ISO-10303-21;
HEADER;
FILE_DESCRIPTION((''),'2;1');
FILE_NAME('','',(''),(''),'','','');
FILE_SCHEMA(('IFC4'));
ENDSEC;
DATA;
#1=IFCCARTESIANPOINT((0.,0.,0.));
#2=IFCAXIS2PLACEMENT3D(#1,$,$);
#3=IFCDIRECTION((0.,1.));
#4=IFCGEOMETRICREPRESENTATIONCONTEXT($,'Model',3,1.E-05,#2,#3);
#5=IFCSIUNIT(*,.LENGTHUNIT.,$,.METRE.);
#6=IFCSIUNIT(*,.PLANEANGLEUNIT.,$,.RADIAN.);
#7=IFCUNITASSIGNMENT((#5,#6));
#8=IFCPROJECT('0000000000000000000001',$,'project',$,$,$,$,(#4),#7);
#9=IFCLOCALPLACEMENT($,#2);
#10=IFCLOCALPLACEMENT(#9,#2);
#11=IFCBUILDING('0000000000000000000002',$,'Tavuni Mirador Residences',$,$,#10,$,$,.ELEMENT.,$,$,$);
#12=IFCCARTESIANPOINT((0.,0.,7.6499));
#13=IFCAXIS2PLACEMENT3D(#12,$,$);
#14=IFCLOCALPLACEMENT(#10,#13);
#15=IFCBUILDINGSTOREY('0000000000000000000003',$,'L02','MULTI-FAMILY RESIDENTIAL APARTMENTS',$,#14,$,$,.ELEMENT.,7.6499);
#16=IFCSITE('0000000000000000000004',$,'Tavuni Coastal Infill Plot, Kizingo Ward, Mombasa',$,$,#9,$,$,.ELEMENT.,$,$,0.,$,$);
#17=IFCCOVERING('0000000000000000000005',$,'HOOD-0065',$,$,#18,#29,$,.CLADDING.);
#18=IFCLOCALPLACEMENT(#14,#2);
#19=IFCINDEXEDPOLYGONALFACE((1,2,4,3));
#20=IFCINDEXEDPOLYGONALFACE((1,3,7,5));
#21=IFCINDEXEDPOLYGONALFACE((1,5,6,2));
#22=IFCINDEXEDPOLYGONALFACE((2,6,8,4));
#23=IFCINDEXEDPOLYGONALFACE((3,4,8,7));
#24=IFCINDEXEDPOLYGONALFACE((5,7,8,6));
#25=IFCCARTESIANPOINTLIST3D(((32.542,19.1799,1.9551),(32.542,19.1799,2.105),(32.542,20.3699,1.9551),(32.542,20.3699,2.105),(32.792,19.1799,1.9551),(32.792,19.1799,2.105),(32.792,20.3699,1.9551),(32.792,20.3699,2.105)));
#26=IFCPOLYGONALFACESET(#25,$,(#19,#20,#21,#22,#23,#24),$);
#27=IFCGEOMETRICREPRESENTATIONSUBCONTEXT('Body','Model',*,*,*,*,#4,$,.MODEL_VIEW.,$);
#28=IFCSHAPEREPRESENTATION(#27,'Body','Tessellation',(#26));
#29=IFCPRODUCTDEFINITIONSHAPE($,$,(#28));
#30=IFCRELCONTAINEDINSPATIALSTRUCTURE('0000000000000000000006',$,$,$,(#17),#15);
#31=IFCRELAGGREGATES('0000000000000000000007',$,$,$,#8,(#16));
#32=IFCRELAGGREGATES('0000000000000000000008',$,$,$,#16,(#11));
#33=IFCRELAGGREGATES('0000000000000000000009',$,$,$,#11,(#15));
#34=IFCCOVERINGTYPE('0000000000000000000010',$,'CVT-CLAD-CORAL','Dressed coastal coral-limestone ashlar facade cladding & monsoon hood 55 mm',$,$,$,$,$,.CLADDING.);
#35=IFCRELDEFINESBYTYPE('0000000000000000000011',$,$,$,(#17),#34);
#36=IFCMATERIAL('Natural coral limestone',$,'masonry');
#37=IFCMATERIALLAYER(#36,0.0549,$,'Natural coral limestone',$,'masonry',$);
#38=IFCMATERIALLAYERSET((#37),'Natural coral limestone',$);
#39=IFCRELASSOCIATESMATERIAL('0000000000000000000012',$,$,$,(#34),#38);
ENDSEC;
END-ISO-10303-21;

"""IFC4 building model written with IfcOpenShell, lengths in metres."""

from ifc_helpers import new_model, si_unit, direction, frame, origin, origin_2d, place, context, subcontext, project, spatial, rectangle, extrude, material, layer, layer_set, type_object, element, save


model = new_model("IFC4")

# Units and contexts
model_context = context("Model", 3, precision=1e-05, world=origin(), true_north=direction((0.0, 1.0)))
body_context = subcontext(model_context, "Body", "Model", "MODEL_VIEW")
ifc_project = project(units=[si_unit("LENGTHUNIT", "METRE"), si_unit("PLANEANGLEUNIT", "RADIAN")], contexts=[model_context])

# Site, building, storey
site_placement = place(None, origin())
site = spatial("IfcSite", under=ifc_project, at=site_placement, Name="Tavuni Coastal Infill Plot, Kizingo Ward, Mombasa", CompositionType="ELEMENT", RefElevation=0.0)
building_placement = place(site_placement, origin())
building = spatial("IfcBuilding", under=site, at=building_placement, Name="Tavuni Mirador Residences", CompositionType="ELEMENT")
storey_placement = place(building_placement, frame((0.0, 0.0, 7.6499)))
storey = spatial("IfcBuildingStorey", under=building, at=storey_placement, Name="L02", Description="MULTI-FAMILY RESIDENTIAL APARTMENTS", CompositionType="ELEMENT", Elevation=7.6499)

# Covering
ifc_material_1 = material(Name="Natural coral limestone", Category="masonry")
ifc_layer_1 = layer(ifc_material_1, 0.0549, Name="Natural coral limestone", Category="masonry")
ifc_layer_set_1 = layer_set([ifc_layer_1], Name="Natural coral limestone")
covering_type = type_object("IfcCoveringType", Name="CVT-CLAD-CORAL", Description="Dressed coastal coral-limestone ashlar facade cladding & monsoon hood 55 mm", PredefinedType="CLADDING", material=ifc_layer_set_1)
covering_1_placement = place(storey_placement, frame((32.667, 19.7749, 1.9551), z_axis=(0.0, 0.0, 1.0), x_axis=(0.0, 1.0, 0.0)))
element("IfcCovering", 1, at=covering_1_placement, inside=storey, type_object=covering_type, Name="HOOD-0065", PredefinedType="CLADDING", context=body_context, shape_type="SweptSolid", body=[
    extrude(rectangle(XDim=1.1899, YDim=0.25, at=origin_2d()), origin(), (0.0, 0.0, 1.0), 0.1499),
])

save(model, "model.ifc")
